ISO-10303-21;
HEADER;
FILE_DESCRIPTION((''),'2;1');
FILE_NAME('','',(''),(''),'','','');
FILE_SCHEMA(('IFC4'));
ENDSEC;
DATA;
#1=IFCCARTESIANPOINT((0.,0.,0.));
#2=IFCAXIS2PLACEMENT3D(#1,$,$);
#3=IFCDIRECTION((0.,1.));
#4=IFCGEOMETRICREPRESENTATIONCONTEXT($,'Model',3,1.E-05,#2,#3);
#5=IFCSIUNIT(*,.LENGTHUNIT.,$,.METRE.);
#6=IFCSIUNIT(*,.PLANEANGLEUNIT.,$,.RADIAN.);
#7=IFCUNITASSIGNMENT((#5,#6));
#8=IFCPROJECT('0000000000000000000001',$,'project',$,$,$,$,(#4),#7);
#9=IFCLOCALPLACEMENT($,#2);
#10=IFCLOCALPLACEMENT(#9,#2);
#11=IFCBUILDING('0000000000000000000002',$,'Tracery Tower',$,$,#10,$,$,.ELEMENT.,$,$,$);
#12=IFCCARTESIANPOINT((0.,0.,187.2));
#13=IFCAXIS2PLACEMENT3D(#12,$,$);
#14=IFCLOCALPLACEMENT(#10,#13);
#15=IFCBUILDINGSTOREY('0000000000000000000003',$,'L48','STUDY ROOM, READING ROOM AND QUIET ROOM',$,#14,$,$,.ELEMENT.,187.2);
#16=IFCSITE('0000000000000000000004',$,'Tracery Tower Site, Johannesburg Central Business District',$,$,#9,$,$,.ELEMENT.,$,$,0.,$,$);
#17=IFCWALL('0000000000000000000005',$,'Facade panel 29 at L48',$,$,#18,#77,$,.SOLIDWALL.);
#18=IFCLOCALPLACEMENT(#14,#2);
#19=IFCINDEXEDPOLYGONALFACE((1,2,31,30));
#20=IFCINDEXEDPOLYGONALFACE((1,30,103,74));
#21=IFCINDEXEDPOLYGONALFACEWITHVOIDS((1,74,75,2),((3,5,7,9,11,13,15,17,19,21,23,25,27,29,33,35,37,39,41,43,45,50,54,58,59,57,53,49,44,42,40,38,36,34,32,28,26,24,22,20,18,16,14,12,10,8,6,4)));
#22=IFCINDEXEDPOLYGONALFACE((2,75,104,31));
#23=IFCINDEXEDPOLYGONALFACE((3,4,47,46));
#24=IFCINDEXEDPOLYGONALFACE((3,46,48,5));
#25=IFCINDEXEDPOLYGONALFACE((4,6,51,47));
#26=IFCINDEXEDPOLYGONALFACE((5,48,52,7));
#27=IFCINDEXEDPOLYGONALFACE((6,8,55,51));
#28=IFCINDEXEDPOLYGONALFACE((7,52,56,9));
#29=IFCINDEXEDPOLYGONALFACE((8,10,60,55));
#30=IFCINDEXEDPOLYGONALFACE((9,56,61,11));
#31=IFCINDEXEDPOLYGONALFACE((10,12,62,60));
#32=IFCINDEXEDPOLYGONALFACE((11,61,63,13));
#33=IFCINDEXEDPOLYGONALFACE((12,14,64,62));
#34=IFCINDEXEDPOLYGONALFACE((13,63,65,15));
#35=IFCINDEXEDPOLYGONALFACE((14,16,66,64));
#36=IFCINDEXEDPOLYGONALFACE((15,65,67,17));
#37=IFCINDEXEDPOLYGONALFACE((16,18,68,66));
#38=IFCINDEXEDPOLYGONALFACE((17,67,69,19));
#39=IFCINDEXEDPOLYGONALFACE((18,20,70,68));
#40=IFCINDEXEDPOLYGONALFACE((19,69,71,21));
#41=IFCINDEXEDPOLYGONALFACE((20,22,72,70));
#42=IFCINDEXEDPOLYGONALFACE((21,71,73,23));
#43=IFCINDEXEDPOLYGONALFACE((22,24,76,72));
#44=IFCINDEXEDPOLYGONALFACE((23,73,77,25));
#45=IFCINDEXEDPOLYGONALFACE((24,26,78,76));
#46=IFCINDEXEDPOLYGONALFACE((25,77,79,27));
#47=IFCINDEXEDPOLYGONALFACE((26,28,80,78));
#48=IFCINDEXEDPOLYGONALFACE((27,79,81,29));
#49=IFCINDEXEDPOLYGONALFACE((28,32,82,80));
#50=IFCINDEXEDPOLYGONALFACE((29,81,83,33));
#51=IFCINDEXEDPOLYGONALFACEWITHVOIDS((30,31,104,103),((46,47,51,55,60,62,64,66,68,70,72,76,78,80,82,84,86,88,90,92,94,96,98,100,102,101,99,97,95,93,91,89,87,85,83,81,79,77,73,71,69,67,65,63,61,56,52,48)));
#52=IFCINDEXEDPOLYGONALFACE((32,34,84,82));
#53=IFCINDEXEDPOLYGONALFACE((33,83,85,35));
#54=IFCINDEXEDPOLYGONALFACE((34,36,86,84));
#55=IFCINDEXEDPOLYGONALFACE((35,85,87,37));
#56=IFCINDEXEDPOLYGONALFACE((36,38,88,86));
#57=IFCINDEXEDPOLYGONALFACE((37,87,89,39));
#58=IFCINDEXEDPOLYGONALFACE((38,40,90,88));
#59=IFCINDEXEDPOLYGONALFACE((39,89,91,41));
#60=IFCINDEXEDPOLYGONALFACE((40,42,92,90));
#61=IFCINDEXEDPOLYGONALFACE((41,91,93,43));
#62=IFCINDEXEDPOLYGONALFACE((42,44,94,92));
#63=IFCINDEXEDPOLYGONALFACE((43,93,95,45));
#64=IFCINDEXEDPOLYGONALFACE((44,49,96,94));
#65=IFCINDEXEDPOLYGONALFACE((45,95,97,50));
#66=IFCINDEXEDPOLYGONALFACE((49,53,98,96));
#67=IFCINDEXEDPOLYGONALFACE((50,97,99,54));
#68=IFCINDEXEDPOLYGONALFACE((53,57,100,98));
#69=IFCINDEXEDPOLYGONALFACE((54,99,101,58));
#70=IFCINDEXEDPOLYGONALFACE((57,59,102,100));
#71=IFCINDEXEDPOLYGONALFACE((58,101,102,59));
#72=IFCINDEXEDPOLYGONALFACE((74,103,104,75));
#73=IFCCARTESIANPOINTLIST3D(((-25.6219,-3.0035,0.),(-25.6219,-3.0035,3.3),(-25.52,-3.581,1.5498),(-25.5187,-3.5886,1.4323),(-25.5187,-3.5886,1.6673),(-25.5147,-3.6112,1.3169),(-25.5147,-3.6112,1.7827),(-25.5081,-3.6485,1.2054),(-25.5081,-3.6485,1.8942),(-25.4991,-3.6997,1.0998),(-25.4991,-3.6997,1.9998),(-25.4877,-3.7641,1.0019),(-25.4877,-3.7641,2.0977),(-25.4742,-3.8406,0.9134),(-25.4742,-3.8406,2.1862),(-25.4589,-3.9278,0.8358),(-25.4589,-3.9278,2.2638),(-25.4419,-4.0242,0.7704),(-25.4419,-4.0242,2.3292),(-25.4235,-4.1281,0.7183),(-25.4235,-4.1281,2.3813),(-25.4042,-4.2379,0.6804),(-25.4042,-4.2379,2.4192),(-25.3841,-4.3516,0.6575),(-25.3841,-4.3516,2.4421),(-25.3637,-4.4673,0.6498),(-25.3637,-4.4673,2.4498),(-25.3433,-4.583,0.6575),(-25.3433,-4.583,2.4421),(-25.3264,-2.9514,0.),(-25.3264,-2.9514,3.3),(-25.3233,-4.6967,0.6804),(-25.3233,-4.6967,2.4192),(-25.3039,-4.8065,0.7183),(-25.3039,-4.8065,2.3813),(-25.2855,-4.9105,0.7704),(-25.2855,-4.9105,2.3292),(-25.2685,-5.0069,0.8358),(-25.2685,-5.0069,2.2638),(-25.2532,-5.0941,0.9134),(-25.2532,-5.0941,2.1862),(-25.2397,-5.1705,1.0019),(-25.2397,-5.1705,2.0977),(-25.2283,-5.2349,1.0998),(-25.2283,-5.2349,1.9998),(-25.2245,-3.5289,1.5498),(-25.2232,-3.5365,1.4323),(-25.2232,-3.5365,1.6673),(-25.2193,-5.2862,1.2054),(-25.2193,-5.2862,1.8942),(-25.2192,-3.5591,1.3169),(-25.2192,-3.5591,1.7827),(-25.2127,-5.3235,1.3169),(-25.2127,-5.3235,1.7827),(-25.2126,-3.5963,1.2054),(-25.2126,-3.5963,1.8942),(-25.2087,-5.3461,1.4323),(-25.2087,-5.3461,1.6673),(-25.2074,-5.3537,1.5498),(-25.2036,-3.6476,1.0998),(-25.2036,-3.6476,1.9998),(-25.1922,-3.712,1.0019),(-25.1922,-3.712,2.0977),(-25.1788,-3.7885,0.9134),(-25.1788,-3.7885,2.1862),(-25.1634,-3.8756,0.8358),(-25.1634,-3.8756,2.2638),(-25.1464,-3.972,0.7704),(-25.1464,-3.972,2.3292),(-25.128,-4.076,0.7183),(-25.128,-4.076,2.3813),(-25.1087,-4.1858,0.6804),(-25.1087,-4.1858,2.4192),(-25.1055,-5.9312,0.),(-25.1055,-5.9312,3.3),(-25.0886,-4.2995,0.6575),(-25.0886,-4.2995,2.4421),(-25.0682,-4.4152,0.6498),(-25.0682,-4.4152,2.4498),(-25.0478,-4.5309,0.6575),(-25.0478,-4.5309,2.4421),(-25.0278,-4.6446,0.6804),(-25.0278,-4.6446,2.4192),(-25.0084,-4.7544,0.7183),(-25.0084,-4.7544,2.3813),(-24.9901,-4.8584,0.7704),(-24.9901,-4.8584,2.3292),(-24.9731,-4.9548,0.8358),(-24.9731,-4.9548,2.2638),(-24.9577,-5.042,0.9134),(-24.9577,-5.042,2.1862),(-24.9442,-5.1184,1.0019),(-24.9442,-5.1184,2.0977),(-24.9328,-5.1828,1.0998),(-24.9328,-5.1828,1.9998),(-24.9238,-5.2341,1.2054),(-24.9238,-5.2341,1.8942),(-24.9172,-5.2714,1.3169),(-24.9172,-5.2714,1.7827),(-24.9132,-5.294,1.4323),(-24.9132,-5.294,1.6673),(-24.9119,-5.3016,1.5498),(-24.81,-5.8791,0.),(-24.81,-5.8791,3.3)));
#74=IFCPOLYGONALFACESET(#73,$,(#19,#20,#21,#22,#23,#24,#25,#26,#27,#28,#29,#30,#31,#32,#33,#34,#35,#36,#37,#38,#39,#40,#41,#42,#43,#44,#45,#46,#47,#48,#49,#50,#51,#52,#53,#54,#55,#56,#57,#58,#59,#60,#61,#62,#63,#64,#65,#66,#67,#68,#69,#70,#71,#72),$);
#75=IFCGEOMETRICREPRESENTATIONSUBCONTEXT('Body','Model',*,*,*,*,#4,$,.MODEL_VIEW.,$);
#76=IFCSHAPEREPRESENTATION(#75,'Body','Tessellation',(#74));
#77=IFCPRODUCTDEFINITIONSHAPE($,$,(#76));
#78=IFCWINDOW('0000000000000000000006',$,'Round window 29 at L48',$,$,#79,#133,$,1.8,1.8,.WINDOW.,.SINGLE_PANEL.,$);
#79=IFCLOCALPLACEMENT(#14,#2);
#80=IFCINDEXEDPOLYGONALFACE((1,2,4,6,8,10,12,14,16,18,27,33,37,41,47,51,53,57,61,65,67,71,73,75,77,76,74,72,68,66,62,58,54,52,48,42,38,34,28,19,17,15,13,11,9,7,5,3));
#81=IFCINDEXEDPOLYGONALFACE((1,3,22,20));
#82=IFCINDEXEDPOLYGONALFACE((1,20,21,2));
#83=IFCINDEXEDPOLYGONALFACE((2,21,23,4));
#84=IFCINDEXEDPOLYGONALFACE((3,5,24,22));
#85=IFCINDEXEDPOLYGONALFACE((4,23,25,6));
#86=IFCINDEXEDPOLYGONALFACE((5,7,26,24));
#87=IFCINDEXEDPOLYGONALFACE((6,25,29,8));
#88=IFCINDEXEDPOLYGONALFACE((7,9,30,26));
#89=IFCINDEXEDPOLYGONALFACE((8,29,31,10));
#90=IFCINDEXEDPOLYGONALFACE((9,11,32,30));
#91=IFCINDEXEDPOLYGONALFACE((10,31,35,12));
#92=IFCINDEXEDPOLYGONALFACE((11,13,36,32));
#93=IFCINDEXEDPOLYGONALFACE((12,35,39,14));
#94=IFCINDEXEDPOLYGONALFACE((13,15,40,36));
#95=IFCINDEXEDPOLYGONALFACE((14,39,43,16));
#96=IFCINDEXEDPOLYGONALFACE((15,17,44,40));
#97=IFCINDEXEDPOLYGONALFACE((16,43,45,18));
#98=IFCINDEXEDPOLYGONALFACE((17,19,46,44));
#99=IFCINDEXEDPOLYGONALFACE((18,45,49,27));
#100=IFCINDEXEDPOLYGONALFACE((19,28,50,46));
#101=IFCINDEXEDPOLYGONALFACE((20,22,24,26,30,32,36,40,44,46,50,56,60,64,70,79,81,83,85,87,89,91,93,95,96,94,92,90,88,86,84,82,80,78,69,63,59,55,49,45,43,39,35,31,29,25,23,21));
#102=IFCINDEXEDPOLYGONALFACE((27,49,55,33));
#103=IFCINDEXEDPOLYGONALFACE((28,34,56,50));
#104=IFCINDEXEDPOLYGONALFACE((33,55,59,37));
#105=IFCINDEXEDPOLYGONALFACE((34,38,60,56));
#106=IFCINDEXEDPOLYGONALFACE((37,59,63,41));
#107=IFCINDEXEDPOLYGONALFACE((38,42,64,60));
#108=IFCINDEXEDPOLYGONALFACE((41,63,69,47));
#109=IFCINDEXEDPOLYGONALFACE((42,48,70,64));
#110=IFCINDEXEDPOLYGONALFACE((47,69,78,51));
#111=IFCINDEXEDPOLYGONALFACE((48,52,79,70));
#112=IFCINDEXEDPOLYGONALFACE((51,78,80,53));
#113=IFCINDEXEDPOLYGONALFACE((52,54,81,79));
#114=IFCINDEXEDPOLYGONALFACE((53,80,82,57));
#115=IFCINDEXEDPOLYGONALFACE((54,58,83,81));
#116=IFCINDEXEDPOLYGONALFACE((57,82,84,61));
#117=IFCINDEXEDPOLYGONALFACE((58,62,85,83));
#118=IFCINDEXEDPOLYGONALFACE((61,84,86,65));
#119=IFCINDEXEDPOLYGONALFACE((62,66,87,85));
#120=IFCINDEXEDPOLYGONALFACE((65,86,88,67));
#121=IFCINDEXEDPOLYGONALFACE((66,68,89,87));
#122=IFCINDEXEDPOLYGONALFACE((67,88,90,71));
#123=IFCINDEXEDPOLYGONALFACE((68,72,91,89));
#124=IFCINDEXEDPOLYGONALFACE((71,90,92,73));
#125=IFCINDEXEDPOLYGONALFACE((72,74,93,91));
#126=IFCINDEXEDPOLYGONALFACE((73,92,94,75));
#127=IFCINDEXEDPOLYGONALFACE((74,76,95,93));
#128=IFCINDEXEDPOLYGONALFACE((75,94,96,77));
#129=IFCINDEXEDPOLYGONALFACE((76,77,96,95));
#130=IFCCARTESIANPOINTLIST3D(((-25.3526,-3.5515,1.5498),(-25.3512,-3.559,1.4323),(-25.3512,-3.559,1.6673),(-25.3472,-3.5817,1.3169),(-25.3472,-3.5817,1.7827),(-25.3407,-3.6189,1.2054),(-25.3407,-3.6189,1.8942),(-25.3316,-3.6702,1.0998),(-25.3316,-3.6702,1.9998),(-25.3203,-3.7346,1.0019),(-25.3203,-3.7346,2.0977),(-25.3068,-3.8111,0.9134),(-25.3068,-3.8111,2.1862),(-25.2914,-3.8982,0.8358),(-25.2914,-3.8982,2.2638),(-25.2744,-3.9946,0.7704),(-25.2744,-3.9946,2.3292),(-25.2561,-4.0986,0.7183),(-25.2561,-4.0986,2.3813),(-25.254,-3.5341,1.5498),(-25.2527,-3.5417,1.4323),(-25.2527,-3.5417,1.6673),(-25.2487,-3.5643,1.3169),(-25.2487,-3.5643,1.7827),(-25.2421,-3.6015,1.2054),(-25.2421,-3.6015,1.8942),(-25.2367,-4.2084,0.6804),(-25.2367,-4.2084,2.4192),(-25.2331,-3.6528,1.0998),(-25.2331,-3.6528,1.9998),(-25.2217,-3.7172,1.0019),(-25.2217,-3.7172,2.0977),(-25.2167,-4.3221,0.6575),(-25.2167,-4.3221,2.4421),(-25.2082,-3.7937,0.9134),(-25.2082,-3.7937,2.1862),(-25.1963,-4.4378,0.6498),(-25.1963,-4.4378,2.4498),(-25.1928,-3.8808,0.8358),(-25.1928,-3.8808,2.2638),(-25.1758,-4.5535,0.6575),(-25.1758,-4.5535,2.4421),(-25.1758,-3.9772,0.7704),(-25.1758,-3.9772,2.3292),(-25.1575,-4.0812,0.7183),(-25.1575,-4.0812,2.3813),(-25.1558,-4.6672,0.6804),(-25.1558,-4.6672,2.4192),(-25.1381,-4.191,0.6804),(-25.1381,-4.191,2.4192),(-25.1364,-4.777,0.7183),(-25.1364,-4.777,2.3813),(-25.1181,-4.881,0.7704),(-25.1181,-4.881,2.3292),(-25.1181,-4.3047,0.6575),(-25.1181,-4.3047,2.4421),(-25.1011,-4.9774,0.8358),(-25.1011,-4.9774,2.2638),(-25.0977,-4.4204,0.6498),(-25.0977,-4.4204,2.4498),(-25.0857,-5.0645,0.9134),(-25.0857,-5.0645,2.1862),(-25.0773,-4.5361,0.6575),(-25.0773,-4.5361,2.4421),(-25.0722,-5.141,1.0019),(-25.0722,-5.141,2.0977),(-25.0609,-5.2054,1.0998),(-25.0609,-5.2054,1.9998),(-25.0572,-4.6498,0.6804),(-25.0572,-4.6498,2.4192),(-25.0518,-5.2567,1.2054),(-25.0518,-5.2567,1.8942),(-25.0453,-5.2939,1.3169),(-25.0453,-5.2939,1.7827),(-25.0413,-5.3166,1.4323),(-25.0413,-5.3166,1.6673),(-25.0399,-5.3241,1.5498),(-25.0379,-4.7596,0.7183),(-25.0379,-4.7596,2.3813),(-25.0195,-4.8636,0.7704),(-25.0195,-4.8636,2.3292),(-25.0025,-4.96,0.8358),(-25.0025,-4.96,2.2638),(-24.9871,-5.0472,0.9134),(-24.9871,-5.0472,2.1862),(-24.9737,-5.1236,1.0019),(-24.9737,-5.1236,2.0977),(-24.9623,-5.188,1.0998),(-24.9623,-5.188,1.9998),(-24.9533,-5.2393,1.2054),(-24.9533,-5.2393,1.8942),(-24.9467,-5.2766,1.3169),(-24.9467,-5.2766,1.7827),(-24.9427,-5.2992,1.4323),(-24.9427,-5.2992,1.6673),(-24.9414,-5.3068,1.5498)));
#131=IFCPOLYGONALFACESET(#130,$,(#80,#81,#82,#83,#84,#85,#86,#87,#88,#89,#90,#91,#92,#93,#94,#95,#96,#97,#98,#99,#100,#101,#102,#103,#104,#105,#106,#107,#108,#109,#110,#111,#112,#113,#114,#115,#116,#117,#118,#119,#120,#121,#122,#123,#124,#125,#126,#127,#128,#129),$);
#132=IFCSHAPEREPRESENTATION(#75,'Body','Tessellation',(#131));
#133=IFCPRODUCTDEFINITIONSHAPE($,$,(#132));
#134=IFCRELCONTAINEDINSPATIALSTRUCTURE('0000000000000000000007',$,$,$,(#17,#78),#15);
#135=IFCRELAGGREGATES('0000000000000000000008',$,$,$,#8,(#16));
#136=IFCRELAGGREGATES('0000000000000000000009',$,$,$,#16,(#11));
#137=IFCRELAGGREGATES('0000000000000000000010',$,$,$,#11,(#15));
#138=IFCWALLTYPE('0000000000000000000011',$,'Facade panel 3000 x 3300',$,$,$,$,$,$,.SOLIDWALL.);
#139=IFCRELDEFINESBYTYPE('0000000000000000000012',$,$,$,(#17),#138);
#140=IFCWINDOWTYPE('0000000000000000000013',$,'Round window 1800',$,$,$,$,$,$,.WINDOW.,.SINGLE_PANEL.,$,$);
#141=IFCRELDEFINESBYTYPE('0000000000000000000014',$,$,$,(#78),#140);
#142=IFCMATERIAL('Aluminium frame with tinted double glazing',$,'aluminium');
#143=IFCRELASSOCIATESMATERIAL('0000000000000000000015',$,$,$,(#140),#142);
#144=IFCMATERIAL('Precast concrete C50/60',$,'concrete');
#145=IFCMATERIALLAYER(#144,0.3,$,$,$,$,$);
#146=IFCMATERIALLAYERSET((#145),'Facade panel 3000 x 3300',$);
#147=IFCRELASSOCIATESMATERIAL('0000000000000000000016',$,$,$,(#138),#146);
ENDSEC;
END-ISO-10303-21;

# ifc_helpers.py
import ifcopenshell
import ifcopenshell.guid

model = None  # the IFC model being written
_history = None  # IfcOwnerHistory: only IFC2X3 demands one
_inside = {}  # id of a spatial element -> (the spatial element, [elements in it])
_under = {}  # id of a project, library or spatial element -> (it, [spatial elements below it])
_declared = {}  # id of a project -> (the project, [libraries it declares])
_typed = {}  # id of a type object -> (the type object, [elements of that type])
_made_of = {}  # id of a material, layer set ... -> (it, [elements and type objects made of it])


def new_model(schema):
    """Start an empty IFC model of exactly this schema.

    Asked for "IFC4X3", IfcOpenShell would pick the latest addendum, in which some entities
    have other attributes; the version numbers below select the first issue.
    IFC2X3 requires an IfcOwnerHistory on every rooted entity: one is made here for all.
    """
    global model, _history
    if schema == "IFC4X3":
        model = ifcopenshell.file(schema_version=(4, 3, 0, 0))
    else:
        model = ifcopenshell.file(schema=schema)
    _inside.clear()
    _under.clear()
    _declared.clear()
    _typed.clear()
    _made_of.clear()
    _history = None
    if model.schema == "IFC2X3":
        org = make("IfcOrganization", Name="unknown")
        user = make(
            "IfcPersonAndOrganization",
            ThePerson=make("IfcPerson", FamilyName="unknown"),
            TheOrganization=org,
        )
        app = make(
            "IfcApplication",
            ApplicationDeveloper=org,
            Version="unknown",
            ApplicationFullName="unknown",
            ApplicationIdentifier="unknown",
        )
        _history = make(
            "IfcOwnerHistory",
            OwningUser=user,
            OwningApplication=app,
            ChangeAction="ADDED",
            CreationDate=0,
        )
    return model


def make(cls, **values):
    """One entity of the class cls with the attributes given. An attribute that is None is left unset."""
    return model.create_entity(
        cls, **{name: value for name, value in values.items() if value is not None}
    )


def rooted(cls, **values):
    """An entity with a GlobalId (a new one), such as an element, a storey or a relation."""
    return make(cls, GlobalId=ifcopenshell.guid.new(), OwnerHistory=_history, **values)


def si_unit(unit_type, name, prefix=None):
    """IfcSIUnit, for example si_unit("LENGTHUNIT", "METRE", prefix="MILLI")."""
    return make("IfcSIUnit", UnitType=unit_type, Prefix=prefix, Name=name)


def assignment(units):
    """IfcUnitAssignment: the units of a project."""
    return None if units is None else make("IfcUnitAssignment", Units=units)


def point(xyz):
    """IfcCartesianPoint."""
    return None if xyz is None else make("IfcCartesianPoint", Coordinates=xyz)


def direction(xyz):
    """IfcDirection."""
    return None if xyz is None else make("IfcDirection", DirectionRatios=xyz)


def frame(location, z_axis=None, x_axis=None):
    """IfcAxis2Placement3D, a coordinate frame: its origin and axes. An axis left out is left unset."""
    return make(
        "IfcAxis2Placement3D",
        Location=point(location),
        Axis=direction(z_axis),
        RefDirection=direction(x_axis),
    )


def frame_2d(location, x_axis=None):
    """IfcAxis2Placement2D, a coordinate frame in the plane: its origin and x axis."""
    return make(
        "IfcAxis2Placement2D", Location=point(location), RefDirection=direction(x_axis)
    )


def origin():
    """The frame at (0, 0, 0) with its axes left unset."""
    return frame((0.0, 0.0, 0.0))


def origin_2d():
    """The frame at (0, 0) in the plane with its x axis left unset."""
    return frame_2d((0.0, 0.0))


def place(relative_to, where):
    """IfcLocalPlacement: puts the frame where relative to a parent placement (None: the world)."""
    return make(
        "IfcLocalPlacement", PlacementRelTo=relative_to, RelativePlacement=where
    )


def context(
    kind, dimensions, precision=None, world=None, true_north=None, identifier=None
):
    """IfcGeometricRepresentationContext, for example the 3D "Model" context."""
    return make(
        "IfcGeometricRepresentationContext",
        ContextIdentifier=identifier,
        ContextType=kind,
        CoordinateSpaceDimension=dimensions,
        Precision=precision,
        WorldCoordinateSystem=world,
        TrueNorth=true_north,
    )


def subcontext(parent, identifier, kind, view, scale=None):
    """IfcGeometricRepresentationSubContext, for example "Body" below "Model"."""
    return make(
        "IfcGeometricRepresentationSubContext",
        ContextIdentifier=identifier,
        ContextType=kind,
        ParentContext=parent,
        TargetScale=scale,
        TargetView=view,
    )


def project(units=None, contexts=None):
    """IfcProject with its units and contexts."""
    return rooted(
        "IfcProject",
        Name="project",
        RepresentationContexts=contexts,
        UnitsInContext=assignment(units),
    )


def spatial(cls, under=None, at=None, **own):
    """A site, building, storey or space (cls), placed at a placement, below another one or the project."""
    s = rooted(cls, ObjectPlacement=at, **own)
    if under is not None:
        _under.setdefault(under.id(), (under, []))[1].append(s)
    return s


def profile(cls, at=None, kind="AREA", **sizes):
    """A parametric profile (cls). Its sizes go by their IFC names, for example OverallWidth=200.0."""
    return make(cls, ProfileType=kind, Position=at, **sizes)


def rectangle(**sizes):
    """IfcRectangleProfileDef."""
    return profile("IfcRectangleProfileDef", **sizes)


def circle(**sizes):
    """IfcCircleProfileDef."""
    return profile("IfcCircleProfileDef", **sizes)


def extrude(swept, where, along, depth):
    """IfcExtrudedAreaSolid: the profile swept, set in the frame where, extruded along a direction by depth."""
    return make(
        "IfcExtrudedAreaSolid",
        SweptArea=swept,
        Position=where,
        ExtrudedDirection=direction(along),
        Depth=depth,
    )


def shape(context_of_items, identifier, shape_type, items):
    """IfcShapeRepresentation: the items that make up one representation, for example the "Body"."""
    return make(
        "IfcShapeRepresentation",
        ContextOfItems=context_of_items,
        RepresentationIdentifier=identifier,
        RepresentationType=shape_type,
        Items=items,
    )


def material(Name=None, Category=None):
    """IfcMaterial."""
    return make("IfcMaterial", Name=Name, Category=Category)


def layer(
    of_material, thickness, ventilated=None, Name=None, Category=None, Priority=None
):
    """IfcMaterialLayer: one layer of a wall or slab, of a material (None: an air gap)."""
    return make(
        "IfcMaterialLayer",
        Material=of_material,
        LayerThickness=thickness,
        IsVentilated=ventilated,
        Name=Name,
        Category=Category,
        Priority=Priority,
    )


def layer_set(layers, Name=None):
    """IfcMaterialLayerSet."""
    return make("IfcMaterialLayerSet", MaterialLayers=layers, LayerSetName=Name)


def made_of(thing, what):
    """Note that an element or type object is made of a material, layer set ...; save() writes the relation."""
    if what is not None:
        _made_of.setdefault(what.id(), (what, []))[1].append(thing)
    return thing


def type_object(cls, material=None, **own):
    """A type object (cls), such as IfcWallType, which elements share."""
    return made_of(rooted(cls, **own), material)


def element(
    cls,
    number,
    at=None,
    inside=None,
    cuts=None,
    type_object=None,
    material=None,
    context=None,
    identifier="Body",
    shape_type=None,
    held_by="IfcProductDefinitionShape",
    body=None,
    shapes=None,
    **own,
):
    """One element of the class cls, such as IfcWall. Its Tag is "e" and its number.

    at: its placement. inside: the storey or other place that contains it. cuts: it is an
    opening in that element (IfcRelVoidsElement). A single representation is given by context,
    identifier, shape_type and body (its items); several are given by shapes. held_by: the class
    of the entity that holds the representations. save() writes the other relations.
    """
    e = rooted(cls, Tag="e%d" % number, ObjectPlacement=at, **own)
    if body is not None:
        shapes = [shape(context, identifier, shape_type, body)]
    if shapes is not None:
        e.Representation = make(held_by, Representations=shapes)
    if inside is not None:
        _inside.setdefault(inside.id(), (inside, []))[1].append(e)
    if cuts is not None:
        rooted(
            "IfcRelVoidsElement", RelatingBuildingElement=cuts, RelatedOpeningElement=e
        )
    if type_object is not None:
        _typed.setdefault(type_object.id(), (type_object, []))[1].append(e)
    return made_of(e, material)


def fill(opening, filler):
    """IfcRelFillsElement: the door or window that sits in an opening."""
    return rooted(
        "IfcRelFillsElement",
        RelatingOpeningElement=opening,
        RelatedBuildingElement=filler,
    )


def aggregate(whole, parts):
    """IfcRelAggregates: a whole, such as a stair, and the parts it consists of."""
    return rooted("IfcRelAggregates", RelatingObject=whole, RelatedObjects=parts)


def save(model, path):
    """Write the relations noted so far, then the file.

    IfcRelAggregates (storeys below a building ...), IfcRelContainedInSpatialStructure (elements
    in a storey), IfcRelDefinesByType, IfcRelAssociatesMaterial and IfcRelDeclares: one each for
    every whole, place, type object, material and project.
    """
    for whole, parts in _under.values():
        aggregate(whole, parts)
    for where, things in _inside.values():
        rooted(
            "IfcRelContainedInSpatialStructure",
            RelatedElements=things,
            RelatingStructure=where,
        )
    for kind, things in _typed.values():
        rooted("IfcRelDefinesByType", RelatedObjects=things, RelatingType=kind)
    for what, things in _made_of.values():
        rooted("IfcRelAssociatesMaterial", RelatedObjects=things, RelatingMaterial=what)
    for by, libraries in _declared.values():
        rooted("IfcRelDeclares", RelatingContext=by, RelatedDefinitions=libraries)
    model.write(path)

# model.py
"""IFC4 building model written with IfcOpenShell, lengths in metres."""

from ifc_helpers import new_model, si_unit, direction, frame, frame_2d, origin, origin_2d, place, context, subcontext, project, spatial, rectangle, circle, extrude, material, layer, layer_set, type_object, element, fill, save


model = new_model("IFC4")

# Units and contexts
model_context = context("Model", 3, precision=1e-05, world=origin(), true_north=direction((0.0, 1.0)))
body_context = subcontext(model_context, "Body", "Model", "MODEL_VIEW")
ifc_project = project(units=[si_unit("LENGTHUNIT", "METRE"), si_unit("PLANEANGLEUNIT", "RADIAN")], contexts=[model_context])

# Site, building, storey
site_placement = place(None, origin())
site = spatial("IfcSite", under=ifc_project, at=site_placement, Name="Tracery Tower Site, Johannesburg Central Business District", CompositionType="ELEMENT", RefElevation=0.0)
building_placement = place(site_placement, origin())
building = spatial("IfcBuilding", under=site, at=building_placement, Name="Tracery Tower", CompositionType="ELEMENT")
storey_placement = place(building_placement, frame((0.0, 0.0, 187.2)))
storey = spatial("IfcBuildingStorey", under=building, at=storey_placement, Name="L48", Description="STUDY ROOM, READING ROOM AND QUIET ROOM", CompositionType="ELEMENT", Elevation=187.2)

# Wall, opening, window
ifc_material_1 = material(Name="Aluminium frame with tinted double glazing", Category="aluminium")
window_type = type_object("IfcWindowType", Name="Round window 1800", PartitioningType="SINGLE_PANEL", PredefinedType="WINDOW", material=ifc_material_1)
ifc_material_2 = material(Name="Precast concrete C50/60", Category="concrete")
ifc_layer_1 = layer(ifc_material_2, 0.3)
ifc_layer_set_1 = layer_set([ifc_layer_1], Name="Facade panel 3000 x 3300")
wall_type_1 = type_object("IfcWallType", Name="Facade panel 3000 x 3300", PredefinedType="SOLIDWALL", material=ifc_layer_set_1)
wall_1_placement = place(storey_placement, frame((-25.4741, -2.9775, 0.0), z_axis=(0.0, 0.0, 1.0), x_axis=(0.173687, -0.984801, 0.0)))
wall_1 = element("IfcWall", 1, at=wall_1_placement, inside=storey, type_object=wall_type_1, Name="Facade panel 29 at L48", PredefinedType="SOLIDWALL", context=body_context, shape_type="SweptSolid", body=[
    extrude(rectangle(XDim=2.9729, YDim=0.3, at=frame_2d((1.4863, 0.0))), origin(), (0.0, 0.0, 1.0), 3.3),
])
opening_1_placement = place(wall_1_placement, frame((1.4863, 0.0, 1.5498)))
opening_1 = element("IfcOpeningElement", 2, at=opening_1_placement, cuts=wall_1, PredefinedType="OPENING", context=body_context, shape_type="SweptSolid", body=[
    extrude(circle(Radius=0.9, at=origin_2d()), frame((0.0, 0.1599, 0.0), z_axis=(0.0, -1.0, 0.0), x_axis=(1.0, 0.0, 0.0)), (0.0, 0.0, 1.0), 0.3201),
])
window_1_placement = place(opening_1_placement, origin())
window_1 = element("IfcWindow", 3, at=window_1_placement, inside=storey, type_object=window_type, Name="Round window 29 at L48", OverallHeight=1.8, OverallWidth=1.8, PartitioningType="SINGLE_PANEL", PredefinedType="WINDOW", context=body_context, shape_type="SweptSolid", body=[
    extrude(circle(Radius=0.9, at=origin_2d()), frame((0.0, 0.1201, 0.0), z_axis=(0.0, -1.0, 0.0), x_axis=(1.0, 0.0, 0.0)), (0.0, 0.0, 1.0), 0.1001),
])
fill(opening_1, window_1)

save(model, "model.ifc")
